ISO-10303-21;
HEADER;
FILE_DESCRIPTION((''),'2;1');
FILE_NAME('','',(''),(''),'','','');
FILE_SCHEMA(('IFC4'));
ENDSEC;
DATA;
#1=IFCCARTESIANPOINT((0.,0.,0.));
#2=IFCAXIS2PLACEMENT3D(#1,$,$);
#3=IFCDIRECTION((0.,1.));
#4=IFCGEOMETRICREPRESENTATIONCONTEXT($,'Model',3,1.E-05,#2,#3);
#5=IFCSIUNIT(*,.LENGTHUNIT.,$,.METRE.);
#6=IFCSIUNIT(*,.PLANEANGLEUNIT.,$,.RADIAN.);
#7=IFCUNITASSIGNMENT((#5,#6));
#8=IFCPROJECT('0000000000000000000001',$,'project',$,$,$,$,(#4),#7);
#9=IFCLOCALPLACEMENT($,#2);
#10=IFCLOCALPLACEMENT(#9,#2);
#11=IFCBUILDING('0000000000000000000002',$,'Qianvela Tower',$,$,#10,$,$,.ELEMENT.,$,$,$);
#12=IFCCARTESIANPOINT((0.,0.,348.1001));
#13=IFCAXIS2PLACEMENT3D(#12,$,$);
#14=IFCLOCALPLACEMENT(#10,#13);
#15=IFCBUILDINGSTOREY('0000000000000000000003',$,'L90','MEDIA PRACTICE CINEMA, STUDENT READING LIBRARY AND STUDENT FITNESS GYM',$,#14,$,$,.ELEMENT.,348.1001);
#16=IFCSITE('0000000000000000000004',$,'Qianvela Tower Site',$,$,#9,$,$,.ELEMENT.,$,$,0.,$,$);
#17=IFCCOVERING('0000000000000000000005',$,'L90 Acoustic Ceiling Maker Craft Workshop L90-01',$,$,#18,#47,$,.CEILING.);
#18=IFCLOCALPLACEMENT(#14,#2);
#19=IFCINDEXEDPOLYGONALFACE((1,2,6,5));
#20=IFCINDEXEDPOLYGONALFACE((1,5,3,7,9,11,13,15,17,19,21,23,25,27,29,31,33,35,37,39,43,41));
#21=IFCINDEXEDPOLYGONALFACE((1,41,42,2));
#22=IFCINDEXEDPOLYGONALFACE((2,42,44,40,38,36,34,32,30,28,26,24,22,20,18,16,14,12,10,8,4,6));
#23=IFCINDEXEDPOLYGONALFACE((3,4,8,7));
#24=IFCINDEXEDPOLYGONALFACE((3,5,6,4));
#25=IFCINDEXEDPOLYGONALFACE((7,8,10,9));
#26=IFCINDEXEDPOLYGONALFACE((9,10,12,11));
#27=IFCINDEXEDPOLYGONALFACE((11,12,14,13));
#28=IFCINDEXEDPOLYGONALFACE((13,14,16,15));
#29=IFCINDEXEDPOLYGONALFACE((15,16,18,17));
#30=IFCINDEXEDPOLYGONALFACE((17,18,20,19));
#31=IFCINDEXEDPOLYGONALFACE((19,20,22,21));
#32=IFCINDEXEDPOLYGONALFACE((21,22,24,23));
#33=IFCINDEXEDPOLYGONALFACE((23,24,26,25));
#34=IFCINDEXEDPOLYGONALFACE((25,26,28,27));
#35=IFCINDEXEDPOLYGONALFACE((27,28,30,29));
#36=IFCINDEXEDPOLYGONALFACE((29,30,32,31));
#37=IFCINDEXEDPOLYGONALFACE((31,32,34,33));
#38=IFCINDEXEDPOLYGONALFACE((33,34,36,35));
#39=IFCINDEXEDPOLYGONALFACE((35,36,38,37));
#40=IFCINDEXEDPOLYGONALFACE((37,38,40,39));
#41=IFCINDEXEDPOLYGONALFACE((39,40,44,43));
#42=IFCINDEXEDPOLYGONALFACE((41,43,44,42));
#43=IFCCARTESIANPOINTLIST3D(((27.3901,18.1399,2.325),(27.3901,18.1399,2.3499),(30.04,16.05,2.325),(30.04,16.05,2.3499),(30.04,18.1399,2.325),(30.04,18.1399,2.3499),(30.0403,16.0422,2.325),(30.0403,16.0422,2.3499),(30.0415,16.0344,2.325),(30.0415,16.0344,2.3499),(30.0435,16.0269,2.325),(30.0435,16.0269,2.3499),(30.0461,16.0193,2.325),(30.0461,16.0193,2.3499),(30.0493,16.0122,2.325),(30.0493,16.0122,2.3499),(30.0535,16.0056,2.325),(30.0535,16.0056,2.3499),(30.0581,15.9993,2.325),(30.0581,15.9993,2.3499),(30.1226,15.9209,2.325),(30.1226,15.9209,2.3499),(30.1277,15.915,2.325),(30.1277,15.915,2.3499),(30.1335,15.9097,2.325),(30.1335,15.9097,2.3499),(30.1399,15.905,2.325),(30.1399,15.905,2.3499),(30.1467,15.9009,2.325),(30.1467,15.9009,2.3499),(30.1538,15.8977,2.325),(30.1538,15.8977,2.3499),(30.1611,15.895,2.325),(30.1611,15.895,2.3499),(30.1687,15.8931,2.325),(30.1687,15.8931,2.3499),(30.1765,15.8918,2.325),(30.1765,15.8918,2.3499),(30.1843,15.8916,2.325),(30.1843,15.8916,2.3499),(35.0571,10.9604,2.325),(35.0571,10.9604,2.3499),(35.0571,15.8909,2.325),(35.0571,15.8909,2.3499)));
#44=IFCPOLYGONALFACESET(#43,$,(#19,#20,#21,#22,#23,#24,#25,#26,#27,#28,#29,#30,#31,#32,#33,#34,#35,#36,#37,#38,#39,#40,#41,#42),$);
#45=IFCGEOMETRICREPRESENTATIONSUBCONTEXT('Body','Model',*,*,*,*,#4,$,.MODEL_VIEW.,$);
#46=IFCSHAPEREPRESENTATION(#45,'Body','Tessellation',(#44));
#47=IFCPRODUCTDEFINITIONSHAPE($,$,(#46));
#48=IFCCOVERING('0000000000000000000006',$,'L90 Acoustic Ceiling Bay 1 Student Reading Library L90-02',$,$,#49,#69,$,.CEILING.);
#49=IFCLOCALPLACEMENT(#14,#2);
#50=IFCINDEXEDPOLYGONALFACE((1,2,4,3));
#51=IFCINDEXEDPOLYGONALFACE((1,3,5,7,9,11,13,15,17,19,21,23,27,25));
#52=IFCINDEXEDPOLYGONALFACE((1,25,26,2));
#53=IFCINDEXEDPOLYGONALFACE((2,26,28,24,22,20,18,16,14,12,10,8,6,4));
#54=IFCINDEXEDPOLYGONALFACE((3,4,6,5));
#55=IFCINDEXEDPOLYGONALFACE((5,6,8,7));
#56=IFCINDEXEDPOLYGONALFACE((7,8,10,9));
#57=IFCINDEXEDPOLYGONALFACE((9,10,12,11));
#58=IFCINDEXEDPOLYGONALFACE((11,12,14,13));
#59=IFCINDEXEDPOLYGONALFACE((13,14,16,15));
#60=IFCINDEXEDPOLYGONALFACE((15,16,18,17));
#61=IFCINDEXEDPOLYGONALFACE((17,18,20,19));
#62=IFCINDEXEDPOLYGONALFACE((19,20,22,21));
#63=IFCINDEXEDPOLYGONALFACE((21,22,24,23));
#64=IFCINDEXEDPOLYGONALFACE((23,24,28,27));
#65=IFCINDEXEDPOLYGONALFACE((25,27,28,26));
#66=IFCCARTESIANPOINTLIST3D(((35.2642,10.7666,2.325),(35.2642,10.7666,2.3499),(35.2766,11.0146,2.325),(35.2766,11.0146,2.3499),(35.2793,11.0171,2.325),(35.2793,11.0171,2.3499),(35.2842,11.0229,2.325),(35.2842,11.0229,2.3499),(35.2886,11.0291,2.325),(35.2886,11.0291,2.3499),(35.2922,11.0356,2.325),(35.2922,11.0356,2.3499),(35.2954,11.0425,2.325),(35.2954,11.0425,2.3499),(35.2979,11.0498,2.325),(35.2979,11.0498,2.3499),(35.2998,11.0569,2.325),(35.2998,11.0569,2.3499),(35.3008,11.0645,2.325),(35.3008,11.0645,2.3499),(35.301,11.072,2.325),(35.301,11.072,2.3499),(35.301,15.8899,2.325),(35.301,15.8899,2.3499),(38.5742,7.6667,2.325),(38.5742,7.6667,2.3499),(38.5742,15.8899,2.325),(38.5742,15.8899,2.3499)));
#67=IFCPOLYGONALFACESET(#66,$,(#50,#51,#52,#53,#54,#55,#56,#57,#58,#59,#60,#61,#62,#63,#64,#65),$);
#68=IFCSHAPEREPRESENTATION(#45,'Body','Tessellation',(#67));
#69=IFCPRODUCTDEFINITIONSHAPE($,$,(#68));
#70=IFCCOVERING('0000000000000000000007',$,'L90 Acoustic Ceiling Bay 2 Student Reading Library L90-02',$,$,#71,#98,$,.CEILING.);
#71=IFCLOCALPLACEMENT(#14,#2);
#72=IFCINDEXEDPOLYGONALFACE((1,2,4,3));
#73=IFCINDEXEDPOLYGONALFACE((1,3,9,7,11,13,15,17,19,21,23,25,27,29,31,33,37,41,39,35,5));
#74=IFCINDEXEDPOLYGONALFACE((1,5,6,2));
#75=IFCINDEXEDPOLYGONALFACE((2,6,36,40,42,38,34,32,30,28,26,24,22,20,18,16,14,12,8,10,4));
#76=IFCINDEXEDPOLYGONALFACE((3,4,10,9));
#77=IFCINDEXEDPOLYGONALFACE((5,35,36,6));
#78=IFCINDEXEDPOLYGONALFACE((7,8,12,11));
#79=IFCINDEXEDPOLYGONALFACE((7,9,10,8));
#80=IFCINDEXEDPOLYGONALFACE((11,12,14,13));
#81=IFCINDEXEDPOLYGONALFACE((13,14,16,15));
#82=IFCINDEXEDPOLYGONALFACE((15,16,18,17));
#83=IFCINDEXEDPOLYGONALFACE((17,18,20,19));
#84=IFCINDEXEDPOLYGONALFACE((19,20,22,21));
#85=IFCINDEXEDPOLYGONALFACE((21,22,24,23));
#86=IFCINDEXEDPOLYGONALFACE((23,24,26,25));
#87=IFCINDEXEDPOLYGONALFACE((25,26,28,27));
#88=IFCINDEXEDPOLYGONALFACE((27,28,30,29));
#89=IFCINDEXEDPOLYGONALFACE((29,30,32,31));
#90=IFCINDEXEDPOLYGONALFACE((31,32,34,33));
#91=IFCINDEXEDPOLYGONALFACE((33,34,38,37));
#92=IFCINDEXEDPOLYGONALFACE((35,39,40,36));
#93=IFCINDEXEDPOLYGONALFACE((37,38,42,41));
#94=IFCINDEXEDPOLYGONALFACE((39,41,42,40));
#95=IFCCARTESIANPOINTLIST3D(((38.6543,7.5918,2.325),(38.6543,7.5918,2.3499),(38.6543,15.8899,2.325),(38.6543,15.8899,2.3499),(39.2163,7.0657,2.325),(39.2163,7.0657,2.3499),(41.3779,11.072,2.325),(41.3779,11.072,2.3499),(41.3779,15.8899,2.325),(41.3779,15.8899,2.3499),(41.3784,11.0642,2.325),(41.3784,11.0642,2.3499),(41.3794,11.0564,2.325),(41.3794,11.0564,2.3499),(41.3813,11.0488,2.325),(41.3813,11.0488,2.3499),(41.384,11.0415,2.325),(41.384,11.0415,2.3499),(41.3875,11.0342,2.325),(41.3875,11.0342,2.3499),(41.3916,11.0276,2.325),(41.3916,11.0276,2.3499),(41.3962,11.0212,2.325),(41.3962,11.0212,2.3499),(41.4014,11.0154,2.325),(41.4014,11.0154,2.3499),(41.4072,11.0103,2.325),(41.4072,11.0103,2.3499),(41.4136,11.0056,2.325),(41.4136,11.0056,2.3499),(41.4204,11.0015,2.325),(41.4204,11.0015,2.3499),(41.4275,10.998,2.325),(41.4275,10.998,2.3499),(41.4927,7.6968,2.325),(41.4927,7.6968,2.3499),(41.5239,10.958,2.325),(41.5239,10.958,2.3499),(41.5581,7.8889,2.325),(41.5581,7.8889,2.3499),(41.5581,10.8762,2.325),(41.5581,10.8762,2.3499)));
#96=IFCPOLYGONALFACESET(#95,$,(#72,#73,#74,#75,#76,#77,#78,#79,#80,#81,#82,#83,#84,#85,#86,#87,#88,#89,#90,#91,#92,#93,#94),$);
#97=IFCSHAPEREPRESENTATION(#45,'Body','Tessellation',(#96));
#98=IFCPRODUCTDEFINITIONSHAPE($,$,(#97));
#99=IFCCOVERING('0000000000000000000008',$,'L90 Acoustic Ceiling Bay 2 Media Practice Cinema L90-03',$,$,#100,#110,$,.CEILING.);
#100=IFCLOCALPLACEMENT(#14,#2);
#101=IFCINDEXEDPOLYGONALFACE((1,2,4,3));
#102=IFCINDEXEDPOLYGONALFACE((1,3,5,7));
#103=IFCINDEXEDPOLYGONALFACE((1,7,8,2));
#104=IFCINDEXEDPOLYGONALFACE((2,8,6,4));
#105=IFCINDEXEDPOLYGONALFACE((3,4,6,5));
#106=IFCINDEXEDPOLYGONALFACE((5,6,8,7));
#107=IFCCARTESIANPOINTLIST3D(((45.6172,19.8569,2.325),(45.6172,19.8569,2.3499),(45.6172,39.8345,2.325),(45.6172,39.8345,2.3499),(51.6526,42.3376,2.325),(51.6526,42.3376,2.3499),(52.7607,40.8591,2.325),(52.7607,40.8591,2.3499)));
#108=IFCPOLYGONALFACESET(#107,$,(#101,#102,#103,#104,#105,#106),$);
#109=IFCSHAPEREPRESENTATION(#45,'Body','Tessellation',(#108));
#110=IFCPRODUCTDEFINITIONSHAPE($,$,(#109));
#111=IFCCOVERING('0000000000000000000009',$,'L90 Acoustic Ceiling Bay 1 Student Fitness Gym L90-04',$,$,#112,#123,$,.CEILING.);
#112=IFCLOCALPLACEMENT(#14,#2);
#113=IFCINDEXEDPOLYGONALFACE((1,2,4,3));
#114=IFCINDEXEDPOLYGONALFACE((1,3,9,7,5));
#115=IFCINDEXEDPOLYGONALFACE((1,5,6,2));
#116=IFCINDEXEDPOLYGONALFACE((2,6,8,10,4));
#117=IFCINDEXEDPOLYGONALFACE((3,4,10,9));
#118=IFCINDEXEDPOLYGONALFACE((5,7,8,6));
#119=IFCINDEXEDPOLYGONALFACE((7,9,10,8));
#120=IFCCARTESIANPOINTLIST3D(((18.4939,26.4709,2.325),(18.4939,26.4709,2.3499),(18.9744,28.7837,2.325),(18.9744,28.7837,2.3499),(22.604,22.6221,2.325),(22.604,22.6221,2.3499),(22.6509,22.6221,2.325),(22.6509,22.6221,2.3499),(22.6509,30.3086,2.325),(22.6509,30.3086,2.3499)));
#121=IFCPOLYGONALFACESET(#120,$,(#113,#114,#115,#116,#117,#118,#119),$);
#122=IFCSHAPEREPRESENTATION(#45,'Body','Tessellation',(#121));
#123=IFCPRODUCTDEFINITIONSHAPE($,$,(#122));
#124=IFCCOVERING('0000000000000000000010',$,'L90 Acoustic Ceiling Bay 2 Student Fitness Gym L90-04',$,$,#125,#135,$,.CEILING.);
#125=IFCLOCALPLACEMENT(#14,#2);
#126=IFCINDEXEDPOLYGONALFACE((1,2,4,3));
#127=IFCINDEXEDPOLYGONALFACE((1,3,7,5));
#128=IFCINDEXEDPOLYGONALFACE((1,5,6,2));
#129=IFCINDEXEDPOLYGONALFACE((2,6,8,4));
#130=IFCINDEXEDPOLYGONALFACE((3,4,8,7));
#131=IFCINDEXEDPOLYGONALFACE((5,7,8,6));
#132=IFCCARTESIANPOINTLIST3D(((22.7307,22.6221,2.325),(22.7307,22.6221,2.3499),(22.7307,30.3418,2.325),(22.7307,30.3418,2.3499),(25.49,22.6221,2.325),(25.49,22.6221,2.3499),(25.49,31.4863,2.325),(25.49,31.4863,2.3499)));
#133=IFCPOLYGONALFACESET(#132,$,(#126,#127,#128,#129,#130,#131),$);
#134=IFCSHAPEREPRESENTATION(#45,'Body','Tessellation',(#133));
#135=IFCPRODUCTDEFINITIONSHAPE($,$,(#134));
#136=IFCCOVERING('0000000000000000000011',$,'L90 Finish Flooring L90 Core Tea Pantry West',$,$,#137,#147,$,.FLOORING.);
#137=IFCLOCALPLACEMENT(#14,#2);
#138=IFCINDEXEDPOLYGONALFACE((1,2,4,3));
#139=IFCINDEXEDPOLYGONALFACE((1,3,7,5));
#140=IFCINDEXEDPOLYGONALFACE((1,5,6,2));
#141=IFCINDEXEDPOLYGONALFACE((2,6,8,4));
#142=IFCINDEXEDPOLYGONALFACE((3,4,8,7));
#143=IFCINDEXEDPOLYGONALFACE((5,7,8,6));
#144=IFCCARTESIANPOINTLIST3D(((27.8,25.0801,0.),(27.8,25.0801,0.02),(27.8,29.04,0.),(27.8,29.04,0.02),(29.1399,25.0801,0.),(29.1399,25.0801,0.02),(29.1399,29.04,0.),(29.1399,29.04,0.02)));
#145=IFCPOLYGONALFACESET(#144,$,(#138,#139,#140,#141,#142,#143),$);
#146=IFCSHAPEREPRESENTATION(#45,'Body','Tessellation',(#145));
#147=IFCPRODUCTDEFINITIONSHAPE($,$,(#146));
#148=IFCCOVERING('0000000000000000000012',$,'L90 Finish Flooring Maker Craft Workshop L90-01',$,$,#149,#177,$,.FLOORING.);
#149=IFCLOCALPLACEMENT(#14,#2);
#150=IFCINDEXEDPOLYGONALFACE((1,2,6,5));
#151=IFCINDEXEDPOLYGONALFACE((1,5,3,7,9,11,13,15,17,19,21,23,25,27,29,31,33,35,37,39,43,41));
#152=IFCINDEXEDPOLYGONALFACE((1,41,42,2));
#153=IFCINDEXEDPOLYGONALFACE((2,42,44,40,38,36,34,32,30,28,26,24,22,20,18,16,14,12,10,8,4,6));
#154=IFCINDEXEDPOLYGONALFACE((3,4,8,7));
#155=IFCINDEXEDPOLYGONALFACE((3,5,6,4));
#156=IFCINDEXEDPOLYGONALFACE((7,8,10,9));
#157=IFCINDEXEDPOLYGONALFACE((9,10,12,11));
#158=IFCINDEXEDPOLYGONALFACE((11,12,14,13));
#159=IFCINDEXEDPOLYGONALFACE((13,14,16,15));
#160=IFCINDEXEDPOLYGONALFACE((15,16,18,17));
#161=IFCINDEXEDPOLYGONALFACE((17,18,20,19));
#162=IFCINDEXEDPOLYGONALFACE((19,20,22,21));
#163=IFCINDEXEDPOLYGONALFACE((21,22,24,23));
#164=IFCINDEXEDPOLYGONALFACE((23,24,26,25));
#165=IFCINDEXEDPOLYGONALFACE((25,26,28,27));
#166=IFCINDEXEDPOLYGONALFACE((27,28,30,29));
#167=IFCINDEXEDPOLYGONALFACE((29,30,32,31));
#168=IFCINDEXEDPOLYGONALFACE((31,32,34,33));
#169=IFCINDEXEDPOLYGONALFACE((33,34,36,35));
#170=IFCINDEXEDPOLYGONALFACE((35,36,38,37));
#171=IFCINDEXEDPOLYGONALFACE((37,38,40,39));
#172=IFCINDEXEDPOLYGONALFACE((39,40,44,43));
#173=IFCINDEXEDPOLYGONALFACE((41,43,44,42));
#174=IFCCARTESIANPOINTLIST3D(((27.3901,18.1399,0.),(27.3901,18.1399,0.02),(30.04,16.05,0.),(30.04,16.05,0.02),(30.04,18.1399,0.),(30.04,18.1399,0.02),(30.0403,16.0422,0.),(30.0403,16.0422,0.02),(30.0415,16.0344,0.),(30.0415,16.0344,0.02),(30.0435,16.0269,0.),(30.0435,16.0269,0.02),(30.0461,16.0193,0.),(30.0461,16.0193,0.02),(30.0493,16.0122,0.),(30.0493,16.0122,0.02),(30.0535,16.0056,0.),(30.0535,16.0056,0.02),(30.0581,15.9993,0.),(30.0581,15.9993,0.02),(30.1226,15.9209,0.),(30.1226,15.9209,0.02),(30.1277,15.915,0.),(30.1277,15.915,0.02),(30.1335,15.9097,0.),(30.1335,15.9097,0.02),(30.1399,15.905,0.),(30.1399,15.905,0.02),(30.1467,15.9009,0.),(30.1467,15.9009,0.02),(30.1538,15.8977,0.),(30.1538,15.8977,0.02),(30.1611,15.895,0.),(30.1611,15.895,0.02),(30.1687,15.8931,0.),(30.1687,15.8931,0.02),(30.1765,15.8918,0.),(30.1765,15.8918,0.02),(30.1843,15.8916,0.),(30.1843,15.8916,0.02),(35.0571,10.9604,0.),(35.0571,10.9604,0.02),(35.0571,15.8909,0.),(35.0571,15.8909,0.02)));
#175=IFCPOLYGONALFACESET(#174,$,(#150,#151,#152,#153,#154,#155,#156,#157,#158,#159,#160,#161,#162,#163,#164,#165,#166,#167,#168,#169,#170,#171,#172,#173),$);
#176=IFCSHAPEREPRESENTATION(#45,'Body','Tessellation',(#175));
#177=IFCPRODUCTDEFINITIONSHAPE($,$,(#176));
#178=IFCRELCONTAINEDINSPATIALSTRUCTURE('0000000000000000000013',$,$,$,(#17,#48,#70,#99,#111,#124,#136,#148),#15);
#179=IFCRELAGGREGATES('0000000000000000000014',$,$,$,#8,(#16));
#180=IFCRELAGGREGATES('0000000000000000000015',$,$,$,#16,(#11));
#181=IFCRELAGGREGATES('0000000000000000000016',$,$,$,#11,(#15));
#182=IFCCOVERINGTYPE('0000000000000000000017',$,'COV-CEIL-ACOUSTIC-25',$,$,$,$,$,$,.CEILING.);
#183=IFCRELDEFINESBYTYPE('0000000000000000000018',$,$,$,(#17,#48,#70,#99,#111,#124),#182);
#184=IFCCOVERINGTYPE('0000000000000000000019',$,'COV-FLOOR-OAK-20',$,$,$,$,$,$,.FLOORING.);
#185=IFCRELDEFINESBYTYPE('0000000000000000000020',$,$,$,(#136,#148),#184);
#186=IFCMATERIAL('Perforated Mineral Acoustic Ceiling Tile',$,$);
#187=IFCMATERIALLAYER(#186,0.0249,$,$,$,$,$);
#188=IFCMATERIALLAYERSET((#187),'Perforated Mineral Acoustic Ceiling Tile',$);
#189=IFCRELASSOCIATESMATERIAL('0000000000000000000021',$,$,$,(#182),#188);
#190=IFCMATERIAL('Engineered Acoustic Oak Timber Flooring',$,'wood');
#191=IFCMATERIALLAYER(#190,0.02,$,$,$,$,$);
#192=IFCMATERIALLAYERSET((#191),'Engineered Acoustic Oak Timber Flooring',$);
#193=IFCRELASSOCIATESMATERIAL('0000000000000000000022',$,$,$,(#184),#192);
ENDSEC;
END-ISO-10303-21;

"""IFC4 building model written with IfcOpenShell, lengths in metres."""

from ifc_helpers import new_model, si_unit, direction, frame, origin, place, context, subcontext, project, spatial, polyline, outline, extrude, material, layer, layer_set, type_object, element, save


model = new_model("IFC4")

# Units and contexts
model_context = context("Model", 3, precision=1e-05, world=origin(), true_north=direction((0.0, 1.0)))
body_context = subcontext(model_context, "Body", "Model", "MODEL_VIEW")
ifc_project = project(units=[si_unit("LENGTHUNIT", "METRE"), si_unit("PLANEANGLEUNIT", "RADIAN")], contexts=[model_context])

# Site, building, storey
site_placement = place(None, origin())
site = spatial("IfcSite", under=ifc_project, at=site_placement, Name="Qianvela Tower Site", CompositionType="ELEMENT", RefElevation=0.0)
building_placement = place(site_placement, origin())
building = spatial("IfcBuilding", under=site, at=building_placement, Name="Qianvela Tower", CompositionType="ELEMENT")
storey_placement = place(building_placement, frame((0.0, 0.0, 348.1001)))
storey = spatial("IfcBuildingStorey", under=building, at=storey_placement, Name="L90", Description="MEDIA PRACTICE CINEMA, STUDENT READING LIBRARY AND STUDENT FITNESS GYM", CompositionType="ELEMENT", Elevation=348.1001)

# Coverings
ifc_material_1 = material(Name="Perforated Mineral Acoustic Ceiling Tile")
ifc_layer_1 = layer(ifc_material_1, 0.0249)
ifc_layer_set_1 = layer_set([ifc_layer_1], Name="Perforated Mineral Acoustic Ceiling Tile")
covering_type_1 = type_object("IfcCoveringType", Name="COV-CEIL-ACOUSTIC-25", PredefinedType="CEILING", material=ifc_layer_set_1)
covering_1_placement = place(storey_placement, frame((0.0, 0.0, 2.325)))
element("IfcCovering", 1, at=covering_1_placement, inside=storey, type_object=covering_type_1, Name="L90 Acoustic Ceiling Maker Craft Workshop L90-01", PredefinedType="CEILING", context=body_context, shape_type="SweptSolid", body=[
    extrude(outline(polyline([(30.04, 18.1399), (30.04, 16.05), (30.0403, 16.0422), (30.0415, 16.0344), (30.0435, 16.0269), (30.0461, 16.0193), (30.0493, 16.0122), (30.0535, 16.0056), (30.0581, 15.9993), (30.1226, 15.9209), (30.1277, 15.915), (30.1335, 15.9097), (30.1399, 15.905), (30.1467, 15.9009), (30.1538, 15.8977), (30.1611, 15.895), (30.1687, 15.8931), (30.1765, 15.8918), (30.1843, 15.8916), (35.0571, 15.8909), (35.0571, 10.9604), (27.3901, 18.1399), (30.04, 18.1399)])), origin(), (0.0, 0.0, 1.0), 0.0249),
])
covering_2_placement = place(storey_placement, frame((0.0, 0.0, 2.325)))
element("IfcCovering", 2, at=covering_2_placement, inside=storey, type_object=covering_type_1, Name="L90 Acoustic Ceiling Bay 1 Student Reading Library L90-02", PredefinedType="CEILING", context=body_context, shape_type="SweptSolid", body=[
    extrude(outline(polyline([(35.2793, 11.0171), (35.2842, 11.0229), (35.2886, 11.0291), (35.2922, 11.0356), (35.2954, 11.0425), (35.2979, 11.0498), (35.2998, 11.0569), (35.3008, 11.0645), (35.301, 11.072), (35.301, 15.8899), (38.5742, 15.8899), (38.5742, 7.6667), (35.2642, 10.7666), (35.2766, 11.0146), (35.2793, 11.0171)])), origin(), (0.0, 0.0, 1.0), 0.0249),
])
covering_3_placement = place(storey_placement, frame((0.0, 0.0, 2.325)))
element("IfcCovering", 3, at=covering_3_placement, inside=storey, type_object=covering_type_1, Name="L90 Acoustic Ceiling Bay 2 Student Reading Library L90-02", PredefinedType="CEILING", context=body_context, shape_type="SweptSolid", body=[
    extrude(outline(polyline([(41.3779, 15.8899), (41.3779, 11.072), (41.3784, 11.0642), (41.3794, 11.0564), (41.3813, 11.0488), (41.384, 11.0415), (41.3875, 11.0342), (41.3916, 11.0276), (41.3962, 11.0212), (41.4014, 11.0154), (41.4072, 11.0103), (41.4136, 11.0056), (41.4204, 11.0015), (41.4275, 10.998), (41.5239, 10.958), (41.5581, 10.8762), (41.5581, 7.8889), (41.4927, 7.6968), (39.2163, 7.0657), (38.6543, 7.5918), (38.6543, 15.8899), (41.3779, 15.8899)])), origin(), (0.0, 0.0, 1.0), 0.0249),
])
covering_4_placement = place(storey_placement, frame((0.0, 0.0, 2.325)))
element("IfcCovering", 4, at=covering_4_placement, inside=storey, type_object=covering_type_1, Name="L90 Acoustic Ceiling Bay 2 Media Practice Cinema L90-03", PredefinedType="CEILING", context=body_context, shape_type="SweptSolid", body=[
    extrude(outline(polyline([(51.6526, 42.3376), (52.7607, 40.8591), (45.6172, 19.8569), (45.6172, 39.8345), (51.6526, 42.3376)])), origin(), (0.0, 0.0, 1.0), 0.0249),
])
covering_5_placement = place(storey_placement, frame((0.0, 0.0, 2.325)))
element("IfcCovering", 5, at=covering_5_placement, inside=storey, type_object=covering_type_1, Name="L90 Acoustic Ceiling Bay 1 Student Fitness Gym L90-04", PredefinedType="CEILING", context=body_context, shape_type="SweptSolid", body=[
    extrude(outline(polyline([(22.604, 22.6221), (18.4939, 26.4709), (18.9744, 28.7837), (22.6509, 30.3086), (22.6509, 22.6221), (22.604, 22.6221)])), origin(), (0.0, 0.0, 1.0), 0.0249),
])
covering_6_placement = place(storey_placement, frame((0.0, 0.0, 2.325)))
element("IfcCovering", 6, at=covering_6_placement, inside=storey, type_object=covering_type_1, Name="L90 Acoustic Ceiling Bay 2 Student Fitness Gym L90-04", PredefinedType="CEILING", context=body_context, shape_type="SweptSolid", body=[
    extrude(outline(polyline([(25.49, 22.6221), (22.7307, 22.6221), (22.7307, 30.3418), (25.49, 31.4863), (25.49, 22.6221)])), origin(), (0.0, 0.0, 1.0), 0.0249),
])
ifc_material_2 = material(Name="Engineered Acoustic Oak Timber Flooring", Category="wood")
ifc_layer_2 = layer(ifc_material_2, 0.02)
ifc_layer_set_2 = layer_set([ifc_layer_2], Name="Engineered Acoustic Oak Timber Flooring")
covering_type_2 = type_object("IfcCoveringType", Name="COV-FLOOR-OAK-20", PredefinedType="FLOORING", material=ifc_layer_set_2)
covering_7_placement = place(storey_placement, origin())
element("IfcCovering", 7, at=covering_7_placement, inside=storey, type_object=covering_type_2, Name="L90 Finish Flooring L90 Core Tea Pantry West", PredefinedType="FLOORING", context=body_context, shape_type="SweptSolid", body=[
    extrude(outline(polyline([(27.8, 25.0801), (27.8, 29.04), (29.1399, 29.04), (29.1399, 25.0801), (27.8, 25.0801)])), origin(), (0.0, 0.0, 1.0), 0.02),
])
covering_8_placement = place(storey_placement, origin())
element("IfcCovering", 8, at=covering_8_placement, inside=storey, type_object=covering_type_2, Name="L90 Finish Flooring Maker Craft Workshop L90-01", PredefinedType="FLOORING", context=body_context, shape_type="SweptSolid", body=[
    extrude(outline(polyline([(30.04, 18.1399), (30.04, 16.05), (30.0403, 16.0422), (30.0415, 16.0344), (30.0435, 16.0269), (30.0461, 16.0193), (30.0493, 16.0122), (30.0535, 16.0056), (30.0581, 15.9993), (30.1226, 15.9209), (30.1277, 15.915), (30.1335, 15.9097), (30.1399, 15.905), (30.1467, 15.9009), (30.1538, 15.8977), (30.1611, 15.895), (30.1687, 15.8931), (30.1765, 15.8918), (30.1843, 15.8916), (35.0571, 15.8909), (35.0571, 10.9604), (27.3901, 18.1399), (30.04, 18.1399)])), origin(), (0.0, 0.0, 1.0), 0.02),
])

save(model, "model.ifc")
